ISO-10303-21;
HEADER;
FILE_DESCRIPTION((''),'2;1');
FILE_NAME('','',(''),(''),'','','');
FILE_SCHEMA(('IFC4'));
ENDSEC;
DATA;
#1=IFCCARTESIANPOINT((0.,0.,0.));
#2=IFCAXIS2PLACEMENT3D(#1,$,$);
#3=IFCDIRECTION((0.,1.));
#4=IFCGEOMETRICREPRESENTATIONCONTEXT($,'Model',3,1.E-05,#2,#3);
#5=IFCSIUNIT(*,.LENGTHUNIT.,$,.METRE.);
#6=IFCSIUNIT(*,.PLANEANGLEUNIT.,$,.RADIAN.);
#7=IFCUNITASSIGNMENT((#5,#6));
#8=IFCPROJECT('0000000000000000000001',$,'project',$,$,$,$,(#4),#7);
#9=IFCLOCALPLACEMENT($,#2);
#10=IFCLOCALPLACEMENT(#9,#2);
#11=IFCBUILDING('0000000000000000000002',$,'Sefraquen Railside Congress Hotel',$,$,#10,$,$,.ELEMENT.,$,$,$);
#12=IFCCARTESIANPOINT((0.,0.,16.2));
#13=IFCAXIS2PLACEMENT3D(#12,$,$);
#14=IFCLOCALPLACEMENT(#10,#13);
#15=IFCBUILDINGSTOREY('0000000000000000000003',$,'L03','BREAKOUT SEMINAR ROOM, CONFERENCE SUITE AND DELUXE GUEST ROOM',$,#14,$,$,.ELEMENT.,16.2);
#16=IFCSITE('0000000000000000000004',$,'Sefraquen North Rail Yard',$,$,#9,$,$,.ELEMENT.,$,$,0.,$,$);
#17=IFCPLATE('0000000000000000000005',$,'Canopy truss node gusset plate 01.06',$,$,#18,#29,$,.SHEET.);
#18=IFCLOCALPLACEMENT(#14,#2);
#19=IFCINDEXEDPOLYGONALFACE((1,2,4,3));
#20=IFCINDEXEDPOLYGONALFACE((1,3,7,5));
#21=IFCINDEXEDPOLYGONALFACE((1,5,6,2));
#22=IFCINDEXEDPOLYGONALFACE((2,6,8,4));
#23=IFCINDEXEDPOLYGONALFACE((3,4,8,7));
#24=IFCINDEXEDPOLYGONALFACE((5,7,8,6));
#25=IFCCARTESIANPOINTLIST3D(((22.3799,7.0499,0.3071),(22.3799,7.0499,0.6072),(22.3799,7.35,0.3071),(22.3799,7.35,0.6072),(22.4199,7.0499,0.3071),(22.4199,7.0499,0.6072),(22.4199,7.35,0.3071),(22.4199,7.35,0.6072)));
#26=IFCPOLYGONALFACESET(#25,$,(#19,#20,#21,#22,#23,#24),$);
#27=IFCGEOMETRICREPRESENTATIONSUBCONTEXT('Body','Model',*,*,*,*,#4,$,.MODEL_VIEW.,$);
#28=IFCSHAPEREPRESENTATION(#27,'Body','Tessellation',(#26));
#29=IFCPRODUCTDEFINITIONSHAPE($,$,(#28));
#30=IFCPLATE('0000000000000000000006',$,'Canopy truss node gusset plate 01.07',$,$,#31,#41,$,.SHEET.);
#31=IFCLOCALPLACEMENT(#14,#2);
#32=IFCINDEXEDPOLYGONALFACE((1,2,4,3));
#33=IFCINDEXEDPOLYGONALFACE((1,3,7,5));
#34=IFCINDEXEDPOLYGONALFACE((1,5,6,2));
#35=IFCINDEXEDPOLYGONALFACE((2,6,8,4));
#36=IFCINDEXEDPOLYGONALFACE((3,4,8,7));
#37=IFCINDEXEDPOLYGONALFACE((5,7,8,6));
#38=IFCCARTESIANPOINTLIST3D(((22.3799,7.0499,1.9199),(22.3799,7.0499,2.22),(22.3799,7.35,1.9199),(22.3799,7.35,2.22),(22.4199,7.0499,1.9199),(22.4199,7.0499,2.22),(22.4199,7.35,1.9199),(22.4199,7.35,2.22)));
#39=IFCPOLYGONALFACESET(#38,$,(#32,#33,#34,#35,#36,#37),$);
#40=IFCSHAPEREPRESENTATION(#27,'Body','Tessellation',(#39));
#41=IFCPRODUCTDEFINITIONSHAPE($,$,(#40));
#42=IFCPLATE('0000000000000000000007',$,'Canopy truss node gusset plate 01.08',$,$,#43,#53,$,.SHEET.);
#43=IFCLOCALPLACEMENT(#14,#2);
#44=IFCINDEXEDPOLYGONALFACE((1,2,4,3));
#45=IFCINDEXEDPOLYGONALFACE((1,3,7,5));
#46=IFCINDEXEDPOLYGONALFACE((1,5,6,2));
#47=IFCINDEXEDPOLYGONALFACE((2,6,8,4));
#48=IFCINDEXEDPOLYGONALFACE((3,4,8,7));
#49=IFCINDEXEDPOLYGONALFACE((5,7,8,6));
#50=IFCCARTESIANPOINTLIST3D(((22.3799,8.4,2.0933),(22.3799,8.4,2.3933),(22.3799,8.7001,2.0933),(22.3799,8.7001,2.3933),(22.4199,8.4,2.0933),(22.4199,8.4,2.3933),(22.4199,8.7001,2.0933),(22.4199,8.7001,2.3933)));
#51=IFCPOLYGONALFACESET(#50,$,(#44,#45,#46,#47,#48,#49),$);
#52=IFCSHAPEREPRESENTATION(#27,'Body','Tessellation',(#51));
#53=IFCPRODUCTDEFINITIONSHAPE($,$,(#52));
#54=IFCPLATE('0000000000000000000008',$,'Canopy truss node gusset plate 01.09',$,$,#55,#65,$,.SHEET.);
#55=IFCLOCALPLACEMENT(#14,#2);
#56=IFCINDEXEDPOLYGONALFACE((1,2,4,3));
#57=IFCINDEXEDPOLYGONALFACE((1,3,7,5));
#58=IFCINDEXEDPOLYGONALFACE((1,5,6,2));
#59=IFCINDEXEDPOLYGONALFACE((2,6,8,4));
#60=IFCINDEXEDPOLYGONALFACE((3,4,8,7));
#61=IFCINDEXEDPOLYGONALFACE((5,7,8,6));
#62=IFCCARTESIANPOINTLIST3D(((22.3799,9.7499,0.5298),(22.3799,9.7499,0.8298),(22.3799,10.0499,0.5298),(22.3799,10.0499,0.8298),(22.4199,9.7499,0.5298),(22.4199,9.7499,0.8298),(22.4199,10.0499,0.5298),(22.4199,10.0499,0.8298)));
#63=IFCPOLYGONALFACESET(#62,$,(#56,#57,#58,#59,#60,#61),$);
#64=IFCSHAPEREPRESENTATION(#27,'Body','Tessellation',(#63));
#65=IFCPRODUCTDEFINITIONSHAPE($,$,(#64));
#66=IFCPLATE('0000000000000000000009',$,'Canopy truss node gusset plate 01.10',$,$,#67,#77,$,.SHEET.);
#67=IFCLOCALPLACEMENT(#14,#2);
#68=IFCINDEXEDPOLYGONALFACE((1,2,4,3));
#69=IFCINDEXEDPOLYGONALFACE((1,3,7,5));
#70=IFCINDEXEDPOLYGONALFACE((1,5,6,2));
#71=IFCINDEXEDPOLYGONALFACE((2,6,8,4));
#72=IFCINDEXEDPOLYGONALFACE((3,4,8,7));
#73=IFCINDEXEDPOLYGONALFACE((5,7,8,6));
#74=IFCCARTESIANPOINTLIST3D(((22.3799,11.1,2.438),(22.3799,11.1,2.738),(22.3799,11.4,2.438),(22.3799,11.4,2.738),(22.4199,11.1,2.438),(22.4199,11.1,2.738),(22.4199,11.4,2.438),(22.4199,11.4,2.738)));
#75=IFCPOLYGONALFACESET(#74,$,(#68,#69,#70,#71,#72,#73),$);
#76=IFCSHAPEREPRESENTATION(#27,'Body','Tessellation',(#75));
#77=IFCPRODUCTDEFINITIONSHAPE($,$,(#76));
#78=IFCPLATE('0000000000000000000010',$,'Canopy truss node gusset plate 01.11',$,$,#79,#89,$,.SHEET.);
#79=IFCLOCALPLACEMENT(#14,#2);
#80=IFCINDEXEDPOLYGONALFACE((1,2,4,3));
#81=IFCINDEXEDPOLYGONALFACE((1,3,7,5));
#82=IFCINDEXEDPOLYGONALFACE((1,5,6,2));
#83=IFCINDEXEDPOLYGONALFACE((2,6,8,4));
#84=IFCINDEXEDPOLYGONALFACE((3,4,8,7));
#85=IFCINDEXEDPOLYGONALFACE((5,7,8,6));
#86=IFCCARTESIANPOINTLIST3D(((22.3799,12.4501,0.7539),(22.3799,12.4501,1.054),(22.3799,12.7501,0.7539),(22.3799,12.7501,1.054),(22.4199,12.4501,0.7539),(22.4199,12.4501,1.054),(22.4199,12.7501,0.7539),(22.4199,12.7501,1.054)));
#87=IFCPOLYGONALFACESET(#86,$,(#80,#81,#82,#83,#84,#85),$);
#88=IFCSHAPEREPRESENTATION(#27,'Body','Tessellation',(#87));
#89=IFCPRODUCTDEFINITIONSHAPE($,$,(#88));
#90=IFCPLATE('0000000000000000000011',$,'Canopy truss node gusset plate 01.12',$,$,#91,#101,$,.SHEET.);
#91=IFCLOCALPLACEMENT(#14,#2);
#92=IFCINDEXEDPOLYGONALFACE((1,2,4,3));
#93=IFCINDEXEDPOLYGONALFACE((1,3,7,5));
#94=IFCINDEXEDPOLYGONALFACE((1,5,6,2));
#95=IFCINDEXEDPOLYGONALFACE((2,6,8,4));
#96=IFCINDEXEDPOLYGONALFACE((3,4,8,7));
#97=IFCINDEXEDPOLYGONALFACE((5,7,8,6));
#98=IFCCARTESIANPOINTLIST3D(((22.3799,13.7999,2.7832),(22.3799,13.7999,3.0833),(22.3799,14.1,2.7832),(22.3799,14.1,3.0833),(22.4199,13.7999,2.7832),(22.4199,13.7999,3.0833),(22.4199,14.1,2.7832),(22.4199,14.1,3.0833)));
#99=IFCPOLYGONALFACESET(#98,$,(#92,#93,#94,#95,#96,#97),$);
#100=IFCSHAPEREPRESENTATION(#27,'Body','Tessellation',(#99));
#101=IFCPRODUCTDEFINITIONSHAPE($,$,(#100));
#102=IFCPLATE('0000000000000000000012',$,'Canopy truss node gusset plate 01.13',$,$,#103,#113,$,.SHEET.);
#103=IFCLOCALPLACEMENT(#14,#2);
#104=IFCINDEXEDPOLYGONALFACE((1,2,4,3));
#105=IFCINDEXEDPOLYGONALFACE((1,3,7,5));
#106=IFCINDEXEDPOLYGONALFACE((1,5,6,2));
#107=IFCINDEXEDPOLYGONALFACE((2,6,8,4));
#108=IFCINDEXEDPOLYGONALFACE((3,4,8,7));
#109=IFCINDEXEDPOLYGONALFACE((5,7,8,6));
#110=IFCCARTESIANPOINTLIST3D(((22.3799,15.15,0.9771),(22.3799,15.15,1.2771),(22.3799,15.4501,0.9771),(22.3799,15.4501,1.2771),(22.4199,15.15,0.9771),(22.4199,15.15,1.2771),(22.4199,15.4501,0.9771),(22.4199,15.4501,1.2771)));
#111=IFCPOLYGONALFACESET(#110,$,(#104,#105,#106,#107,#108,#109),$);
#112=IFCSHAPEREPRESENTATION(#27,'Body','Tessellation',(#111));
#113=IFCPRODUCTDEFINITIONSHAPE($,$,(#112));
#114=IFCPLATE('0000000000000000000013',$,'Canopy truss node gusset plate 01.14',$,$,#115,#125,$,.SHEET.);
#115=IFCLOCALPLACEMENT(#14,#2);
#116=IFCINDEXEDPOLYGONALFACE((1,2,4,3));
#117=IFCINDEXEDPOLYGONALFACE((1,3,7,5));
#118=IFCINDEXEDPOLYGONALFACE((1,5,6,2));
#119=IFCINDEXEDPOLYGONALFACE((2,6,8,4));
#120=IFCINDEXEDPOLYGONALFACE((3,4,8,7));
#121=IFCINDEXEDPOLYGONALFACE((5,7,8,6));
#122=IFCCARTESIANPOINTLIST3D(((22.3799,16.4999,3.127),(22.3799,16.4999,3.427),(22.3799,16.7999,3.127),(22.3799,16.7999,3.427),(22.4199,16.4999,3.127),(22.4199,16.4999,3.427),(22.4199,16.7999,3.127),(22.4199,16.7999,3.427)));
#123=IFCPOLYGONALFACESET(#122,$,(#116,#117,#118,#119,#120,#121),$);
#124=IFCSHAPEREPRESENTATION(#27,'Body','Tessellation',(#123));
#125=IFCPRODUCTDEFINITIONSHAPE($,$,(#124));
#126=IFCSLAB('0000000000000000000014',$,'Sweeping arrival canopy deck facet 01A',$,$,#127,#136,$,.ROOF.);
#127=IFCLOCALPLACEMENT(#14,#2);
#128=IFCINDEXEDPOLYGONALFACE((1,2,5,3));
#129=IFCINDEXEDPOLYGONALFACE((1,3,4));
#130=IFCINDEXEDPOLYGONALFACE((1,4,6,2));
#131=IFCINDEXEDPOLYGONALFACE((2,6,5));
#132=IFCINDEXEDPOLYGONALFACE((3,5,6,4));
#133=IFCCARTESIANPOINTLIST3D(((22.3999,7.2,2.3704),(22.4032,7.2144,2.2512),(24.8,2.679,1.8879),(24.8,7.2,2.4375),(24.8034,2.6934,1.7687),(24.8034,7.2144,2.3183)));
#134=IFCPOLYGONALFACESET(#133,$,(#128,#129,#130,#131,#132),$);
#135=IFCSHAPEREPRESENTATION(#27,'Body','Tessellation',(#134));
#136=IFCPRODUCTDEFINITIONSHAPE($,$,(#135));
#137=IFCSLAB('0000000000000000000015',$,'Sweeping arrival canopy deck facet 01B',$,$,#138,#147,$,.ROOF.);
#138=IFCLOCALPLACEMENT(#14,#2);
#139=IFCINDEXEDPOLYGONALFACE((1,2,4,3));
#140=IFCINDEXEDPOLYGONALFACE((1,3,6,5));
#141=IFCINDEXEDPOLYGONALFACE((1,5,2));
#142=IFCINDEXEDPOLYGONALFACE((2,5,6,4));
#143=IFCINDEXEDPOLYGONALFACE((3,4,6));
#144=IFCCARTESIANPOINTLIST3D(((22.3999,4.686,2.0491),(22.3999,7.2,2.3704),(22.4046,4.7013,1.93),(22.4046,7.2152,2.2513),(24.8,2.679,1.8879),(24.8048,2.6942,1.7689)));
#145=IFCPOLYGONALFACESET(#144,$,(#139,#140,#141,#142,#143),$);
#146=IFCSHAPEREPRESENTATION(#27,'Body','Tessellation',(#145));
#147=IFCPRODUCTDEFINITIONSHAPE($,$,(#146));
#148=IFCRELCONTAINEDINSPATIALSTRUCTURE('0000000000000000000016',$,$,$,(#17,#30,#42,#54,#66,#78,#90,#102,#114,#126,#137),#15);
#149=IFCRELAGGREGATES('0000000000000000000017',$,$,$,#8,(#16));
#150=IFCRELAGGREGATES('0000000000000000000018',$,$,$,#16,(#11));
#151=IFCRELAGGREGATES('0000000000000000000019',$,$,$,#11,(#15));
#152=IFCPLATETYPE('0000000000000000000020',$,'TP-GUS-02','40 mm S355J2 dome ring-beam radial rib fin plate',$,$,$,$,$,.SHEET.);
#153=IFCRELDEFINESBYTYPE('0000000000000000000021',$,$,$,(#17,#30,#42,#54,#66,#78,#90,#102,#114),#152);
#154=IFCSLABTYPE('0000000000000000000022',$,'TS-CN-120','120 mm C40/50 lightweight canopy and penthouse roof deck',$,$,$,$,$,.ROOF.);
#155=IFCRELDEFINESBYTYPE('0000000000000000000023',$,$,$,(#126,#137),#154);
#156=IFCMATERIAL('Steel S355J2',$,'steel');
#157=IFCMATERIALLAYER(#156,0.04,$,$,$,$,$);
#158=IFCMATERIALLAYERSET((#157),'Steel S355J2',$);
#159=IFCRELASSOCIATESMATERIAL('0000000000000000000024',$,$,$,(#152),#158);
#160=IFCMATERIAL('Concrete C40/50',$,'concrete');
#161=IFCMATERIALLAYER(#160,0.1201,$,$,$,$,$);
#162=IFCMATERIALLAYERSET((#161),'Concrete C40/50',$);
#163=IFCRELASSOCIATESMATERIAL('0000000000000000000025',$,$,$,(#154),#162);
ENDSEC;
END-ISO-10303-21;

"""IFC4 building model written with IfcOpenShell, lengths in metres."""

from ifc_helpers import new_model, si_unit, direction, frame, origin, origin_2d, place, context, subcontext, project, spatial, polyline, rectangle, outline, extrude, material, layer, layer_set, type_object, element, save


model = new_model("IFC4")

# Units and contexts
model_context = context("Model", 3, precision=1e-05, world=origin(), true_north=direction((0.0, 1.0)))
body_context = subcontext(model_context, "Body", "Model", "MODEL_VIEW")
ifc_project = project(units=[si_unit("LENGTHUNIT", "METRE"), si_unit("PLANEANGLEUNIT", "RADIAN")], contexts=[model_context])

# Site, building, storey
site_placement = place(None, origin())
site = spatial("IfcSite", under=ifc_project, at=site_placement, Name="Sefraquen North Rail Yard", CompositionType="ELEMENT", RefElevation=0.0)
building_placement = place(site_placement, origin())
building = spatial("IfcBuilding", under=site, at=building_placement, Name="Sefraquen Railside Congress Hotel", CompositionType="ELEMENT")
storey_placement = place(building_placement, frame((0.0, 0.0, 16.2)))
storey = spatial("IfcBuildingStorey", under=building, at=storey_placement, Name="L03", Description="BREAKOUT SEMINAR ROOM, CONFERENCE SUITE AND DELUXE GUEST ROOM", CompositionType="ELEMENT", Elevation=16.2)

# Shared definitions
ifc_material_1 = material(Name="Steel S355J2", Category="steel")

# Plates
ifc_layer_1 = layer(ifc_material_1, 0.04)
ifc_layer_set_1 = layer_set([ifc_layer_1], Name="Steel S355J2")
plate_type = type_object("IfcPlateType", Name="TP-GUS-02", Description="40 mm S355J2 dome ring-beam radial rib fin plate", PredefinedType="SHEET", material=ifc_layer_set_1)
for number, where, z_axis, x_axis, name in (
    (1, (22.3999, 7.2, 0.3071), (0.0, 0.0, 1.0), (1.0, 0.0, 0.0), "Canopy truss node gusset plate 01.06"),
    (2, (22.3999, 7.2, 1.9199), (0.0, 0.0, 1.0), (1.0, 0.0, 0.0), "Canopy truss node gusset plate 01.07"),
    (3, (22.3999, 8.55, 2.0933), (0.0, 0.0, 1.0), (1.0, 0.0, 0.0), "Canopy truss node gusset plate 01.08"),
    (4, (22.3999, 9.8999, 0.5298), (0.0, 0.0, 1.0), (1.0, 0.0, 0.0), "Canopy truss node gusset plate 01.09"),
    (5, (22.3999, 11.25, 2.438), (0.0, 0.0, 1.0), (1.0, 0.0, 0.0), "Canopy truss node gusset plate 01.10"),
    (6, (22.3999, 12.6001, 0.7539), (0.0, 0.0, 1.0), (1.0, 0.0, 0.0), "Canopy truss node gusset plate 01.11"),
    (7, (22.3999, 13.95, 2.7832), (0.0, 0.0, 1.0), (1.0, 0.0, 0.0), "Canopy truss node gusset plate 01.12"),
    (8, (22.3999, 15.3, 0.9771), (0.0, 0.0, 1.0), (1.0, 0.0, 0.0), "Canopy truss node gusset plate 01.13"),
    (9, (22.3999, 16.6499, 3.127), (0.0, 0.0, 1.0), (1.0, 0.0, 0.0), "Canopy truss node gusset plate 01.14"),
):
    element("IfcPlate", number, at=place(storey_placement, frame(where, z_axis=z_axis, x_axis=x_axis)), inside=storey, type_object=plate_type, Name=name, PredefinedType="SHEET", context=body_context, shape_type="SweptSolid", body=[
        extrude(rectangle(XDim=0.04, YDim=0.3, at=origin_2d()), origin(), (0.0, 0.0, 1.0), 0.3),
    ])

# Slabs
ifc_material_2 = material(Name="Concrete C40/50", Category="concrete")
ifc_layer_2 = layer(ifc_material_2, 0.1201)
ifc_layer_set_2 = layer_set([ifc_layer_2], Name="Concrete C40/50")
slab_type = type_object("IfcSlabType", Name="TS-CN-120", Description="120 mm C40/50 lightweight canopy and penthouse roof deck", PredefinedType="ROOF", material=ifc_layer_set_2)
slab_1_placement = place(storey_placement, frame((22.3999, 7.2, 2.3704), z_axis=(-0.027758, -0.120623, 0.99231), x_axis=(0.999609, 0.0, 0.027962)))
element("IfcSlab", 10, at=slab_1_placement, inside=storey, type_object=slab_type, Name="Sweeping arrival canopy deck facet 01A", PredefinedType="ROOF", context=body_context, shape_type="SweptSolid", body=[
    extrude(outline(polyline([(0.0, 0.0), (2.4011, 0.0), (2.3857, -4.5542), (0.0, 0.0)])), origin(), (0.0, 0.0, -1.0), 0.1201),
])
slab_2_placement = place(storey_placement, frame((22.3999, 7.2, 2.3704), z_axis=(-0.039388, -0.126675, 0.991162), x_axis=(0.466838, -0.879351, -0.093833)))
element("IfcSlab", 11, at=slab_2_placement, inside=storey, type_object=slab_type, Name="Sweeping arrival canopy deck facet 01B", PredefinedType="ROOF", context=body_context, shape_type="SweptSolid", body=[
    extrude(outline(polyline([(0.0, 0.0), (5.1413, 0.0), (2.2408, -1.1841), (0.0, 0.0)])), origin(), (0.0, 0.0, -1.0), 0.1201),
])

save(model, "model.ifc")
